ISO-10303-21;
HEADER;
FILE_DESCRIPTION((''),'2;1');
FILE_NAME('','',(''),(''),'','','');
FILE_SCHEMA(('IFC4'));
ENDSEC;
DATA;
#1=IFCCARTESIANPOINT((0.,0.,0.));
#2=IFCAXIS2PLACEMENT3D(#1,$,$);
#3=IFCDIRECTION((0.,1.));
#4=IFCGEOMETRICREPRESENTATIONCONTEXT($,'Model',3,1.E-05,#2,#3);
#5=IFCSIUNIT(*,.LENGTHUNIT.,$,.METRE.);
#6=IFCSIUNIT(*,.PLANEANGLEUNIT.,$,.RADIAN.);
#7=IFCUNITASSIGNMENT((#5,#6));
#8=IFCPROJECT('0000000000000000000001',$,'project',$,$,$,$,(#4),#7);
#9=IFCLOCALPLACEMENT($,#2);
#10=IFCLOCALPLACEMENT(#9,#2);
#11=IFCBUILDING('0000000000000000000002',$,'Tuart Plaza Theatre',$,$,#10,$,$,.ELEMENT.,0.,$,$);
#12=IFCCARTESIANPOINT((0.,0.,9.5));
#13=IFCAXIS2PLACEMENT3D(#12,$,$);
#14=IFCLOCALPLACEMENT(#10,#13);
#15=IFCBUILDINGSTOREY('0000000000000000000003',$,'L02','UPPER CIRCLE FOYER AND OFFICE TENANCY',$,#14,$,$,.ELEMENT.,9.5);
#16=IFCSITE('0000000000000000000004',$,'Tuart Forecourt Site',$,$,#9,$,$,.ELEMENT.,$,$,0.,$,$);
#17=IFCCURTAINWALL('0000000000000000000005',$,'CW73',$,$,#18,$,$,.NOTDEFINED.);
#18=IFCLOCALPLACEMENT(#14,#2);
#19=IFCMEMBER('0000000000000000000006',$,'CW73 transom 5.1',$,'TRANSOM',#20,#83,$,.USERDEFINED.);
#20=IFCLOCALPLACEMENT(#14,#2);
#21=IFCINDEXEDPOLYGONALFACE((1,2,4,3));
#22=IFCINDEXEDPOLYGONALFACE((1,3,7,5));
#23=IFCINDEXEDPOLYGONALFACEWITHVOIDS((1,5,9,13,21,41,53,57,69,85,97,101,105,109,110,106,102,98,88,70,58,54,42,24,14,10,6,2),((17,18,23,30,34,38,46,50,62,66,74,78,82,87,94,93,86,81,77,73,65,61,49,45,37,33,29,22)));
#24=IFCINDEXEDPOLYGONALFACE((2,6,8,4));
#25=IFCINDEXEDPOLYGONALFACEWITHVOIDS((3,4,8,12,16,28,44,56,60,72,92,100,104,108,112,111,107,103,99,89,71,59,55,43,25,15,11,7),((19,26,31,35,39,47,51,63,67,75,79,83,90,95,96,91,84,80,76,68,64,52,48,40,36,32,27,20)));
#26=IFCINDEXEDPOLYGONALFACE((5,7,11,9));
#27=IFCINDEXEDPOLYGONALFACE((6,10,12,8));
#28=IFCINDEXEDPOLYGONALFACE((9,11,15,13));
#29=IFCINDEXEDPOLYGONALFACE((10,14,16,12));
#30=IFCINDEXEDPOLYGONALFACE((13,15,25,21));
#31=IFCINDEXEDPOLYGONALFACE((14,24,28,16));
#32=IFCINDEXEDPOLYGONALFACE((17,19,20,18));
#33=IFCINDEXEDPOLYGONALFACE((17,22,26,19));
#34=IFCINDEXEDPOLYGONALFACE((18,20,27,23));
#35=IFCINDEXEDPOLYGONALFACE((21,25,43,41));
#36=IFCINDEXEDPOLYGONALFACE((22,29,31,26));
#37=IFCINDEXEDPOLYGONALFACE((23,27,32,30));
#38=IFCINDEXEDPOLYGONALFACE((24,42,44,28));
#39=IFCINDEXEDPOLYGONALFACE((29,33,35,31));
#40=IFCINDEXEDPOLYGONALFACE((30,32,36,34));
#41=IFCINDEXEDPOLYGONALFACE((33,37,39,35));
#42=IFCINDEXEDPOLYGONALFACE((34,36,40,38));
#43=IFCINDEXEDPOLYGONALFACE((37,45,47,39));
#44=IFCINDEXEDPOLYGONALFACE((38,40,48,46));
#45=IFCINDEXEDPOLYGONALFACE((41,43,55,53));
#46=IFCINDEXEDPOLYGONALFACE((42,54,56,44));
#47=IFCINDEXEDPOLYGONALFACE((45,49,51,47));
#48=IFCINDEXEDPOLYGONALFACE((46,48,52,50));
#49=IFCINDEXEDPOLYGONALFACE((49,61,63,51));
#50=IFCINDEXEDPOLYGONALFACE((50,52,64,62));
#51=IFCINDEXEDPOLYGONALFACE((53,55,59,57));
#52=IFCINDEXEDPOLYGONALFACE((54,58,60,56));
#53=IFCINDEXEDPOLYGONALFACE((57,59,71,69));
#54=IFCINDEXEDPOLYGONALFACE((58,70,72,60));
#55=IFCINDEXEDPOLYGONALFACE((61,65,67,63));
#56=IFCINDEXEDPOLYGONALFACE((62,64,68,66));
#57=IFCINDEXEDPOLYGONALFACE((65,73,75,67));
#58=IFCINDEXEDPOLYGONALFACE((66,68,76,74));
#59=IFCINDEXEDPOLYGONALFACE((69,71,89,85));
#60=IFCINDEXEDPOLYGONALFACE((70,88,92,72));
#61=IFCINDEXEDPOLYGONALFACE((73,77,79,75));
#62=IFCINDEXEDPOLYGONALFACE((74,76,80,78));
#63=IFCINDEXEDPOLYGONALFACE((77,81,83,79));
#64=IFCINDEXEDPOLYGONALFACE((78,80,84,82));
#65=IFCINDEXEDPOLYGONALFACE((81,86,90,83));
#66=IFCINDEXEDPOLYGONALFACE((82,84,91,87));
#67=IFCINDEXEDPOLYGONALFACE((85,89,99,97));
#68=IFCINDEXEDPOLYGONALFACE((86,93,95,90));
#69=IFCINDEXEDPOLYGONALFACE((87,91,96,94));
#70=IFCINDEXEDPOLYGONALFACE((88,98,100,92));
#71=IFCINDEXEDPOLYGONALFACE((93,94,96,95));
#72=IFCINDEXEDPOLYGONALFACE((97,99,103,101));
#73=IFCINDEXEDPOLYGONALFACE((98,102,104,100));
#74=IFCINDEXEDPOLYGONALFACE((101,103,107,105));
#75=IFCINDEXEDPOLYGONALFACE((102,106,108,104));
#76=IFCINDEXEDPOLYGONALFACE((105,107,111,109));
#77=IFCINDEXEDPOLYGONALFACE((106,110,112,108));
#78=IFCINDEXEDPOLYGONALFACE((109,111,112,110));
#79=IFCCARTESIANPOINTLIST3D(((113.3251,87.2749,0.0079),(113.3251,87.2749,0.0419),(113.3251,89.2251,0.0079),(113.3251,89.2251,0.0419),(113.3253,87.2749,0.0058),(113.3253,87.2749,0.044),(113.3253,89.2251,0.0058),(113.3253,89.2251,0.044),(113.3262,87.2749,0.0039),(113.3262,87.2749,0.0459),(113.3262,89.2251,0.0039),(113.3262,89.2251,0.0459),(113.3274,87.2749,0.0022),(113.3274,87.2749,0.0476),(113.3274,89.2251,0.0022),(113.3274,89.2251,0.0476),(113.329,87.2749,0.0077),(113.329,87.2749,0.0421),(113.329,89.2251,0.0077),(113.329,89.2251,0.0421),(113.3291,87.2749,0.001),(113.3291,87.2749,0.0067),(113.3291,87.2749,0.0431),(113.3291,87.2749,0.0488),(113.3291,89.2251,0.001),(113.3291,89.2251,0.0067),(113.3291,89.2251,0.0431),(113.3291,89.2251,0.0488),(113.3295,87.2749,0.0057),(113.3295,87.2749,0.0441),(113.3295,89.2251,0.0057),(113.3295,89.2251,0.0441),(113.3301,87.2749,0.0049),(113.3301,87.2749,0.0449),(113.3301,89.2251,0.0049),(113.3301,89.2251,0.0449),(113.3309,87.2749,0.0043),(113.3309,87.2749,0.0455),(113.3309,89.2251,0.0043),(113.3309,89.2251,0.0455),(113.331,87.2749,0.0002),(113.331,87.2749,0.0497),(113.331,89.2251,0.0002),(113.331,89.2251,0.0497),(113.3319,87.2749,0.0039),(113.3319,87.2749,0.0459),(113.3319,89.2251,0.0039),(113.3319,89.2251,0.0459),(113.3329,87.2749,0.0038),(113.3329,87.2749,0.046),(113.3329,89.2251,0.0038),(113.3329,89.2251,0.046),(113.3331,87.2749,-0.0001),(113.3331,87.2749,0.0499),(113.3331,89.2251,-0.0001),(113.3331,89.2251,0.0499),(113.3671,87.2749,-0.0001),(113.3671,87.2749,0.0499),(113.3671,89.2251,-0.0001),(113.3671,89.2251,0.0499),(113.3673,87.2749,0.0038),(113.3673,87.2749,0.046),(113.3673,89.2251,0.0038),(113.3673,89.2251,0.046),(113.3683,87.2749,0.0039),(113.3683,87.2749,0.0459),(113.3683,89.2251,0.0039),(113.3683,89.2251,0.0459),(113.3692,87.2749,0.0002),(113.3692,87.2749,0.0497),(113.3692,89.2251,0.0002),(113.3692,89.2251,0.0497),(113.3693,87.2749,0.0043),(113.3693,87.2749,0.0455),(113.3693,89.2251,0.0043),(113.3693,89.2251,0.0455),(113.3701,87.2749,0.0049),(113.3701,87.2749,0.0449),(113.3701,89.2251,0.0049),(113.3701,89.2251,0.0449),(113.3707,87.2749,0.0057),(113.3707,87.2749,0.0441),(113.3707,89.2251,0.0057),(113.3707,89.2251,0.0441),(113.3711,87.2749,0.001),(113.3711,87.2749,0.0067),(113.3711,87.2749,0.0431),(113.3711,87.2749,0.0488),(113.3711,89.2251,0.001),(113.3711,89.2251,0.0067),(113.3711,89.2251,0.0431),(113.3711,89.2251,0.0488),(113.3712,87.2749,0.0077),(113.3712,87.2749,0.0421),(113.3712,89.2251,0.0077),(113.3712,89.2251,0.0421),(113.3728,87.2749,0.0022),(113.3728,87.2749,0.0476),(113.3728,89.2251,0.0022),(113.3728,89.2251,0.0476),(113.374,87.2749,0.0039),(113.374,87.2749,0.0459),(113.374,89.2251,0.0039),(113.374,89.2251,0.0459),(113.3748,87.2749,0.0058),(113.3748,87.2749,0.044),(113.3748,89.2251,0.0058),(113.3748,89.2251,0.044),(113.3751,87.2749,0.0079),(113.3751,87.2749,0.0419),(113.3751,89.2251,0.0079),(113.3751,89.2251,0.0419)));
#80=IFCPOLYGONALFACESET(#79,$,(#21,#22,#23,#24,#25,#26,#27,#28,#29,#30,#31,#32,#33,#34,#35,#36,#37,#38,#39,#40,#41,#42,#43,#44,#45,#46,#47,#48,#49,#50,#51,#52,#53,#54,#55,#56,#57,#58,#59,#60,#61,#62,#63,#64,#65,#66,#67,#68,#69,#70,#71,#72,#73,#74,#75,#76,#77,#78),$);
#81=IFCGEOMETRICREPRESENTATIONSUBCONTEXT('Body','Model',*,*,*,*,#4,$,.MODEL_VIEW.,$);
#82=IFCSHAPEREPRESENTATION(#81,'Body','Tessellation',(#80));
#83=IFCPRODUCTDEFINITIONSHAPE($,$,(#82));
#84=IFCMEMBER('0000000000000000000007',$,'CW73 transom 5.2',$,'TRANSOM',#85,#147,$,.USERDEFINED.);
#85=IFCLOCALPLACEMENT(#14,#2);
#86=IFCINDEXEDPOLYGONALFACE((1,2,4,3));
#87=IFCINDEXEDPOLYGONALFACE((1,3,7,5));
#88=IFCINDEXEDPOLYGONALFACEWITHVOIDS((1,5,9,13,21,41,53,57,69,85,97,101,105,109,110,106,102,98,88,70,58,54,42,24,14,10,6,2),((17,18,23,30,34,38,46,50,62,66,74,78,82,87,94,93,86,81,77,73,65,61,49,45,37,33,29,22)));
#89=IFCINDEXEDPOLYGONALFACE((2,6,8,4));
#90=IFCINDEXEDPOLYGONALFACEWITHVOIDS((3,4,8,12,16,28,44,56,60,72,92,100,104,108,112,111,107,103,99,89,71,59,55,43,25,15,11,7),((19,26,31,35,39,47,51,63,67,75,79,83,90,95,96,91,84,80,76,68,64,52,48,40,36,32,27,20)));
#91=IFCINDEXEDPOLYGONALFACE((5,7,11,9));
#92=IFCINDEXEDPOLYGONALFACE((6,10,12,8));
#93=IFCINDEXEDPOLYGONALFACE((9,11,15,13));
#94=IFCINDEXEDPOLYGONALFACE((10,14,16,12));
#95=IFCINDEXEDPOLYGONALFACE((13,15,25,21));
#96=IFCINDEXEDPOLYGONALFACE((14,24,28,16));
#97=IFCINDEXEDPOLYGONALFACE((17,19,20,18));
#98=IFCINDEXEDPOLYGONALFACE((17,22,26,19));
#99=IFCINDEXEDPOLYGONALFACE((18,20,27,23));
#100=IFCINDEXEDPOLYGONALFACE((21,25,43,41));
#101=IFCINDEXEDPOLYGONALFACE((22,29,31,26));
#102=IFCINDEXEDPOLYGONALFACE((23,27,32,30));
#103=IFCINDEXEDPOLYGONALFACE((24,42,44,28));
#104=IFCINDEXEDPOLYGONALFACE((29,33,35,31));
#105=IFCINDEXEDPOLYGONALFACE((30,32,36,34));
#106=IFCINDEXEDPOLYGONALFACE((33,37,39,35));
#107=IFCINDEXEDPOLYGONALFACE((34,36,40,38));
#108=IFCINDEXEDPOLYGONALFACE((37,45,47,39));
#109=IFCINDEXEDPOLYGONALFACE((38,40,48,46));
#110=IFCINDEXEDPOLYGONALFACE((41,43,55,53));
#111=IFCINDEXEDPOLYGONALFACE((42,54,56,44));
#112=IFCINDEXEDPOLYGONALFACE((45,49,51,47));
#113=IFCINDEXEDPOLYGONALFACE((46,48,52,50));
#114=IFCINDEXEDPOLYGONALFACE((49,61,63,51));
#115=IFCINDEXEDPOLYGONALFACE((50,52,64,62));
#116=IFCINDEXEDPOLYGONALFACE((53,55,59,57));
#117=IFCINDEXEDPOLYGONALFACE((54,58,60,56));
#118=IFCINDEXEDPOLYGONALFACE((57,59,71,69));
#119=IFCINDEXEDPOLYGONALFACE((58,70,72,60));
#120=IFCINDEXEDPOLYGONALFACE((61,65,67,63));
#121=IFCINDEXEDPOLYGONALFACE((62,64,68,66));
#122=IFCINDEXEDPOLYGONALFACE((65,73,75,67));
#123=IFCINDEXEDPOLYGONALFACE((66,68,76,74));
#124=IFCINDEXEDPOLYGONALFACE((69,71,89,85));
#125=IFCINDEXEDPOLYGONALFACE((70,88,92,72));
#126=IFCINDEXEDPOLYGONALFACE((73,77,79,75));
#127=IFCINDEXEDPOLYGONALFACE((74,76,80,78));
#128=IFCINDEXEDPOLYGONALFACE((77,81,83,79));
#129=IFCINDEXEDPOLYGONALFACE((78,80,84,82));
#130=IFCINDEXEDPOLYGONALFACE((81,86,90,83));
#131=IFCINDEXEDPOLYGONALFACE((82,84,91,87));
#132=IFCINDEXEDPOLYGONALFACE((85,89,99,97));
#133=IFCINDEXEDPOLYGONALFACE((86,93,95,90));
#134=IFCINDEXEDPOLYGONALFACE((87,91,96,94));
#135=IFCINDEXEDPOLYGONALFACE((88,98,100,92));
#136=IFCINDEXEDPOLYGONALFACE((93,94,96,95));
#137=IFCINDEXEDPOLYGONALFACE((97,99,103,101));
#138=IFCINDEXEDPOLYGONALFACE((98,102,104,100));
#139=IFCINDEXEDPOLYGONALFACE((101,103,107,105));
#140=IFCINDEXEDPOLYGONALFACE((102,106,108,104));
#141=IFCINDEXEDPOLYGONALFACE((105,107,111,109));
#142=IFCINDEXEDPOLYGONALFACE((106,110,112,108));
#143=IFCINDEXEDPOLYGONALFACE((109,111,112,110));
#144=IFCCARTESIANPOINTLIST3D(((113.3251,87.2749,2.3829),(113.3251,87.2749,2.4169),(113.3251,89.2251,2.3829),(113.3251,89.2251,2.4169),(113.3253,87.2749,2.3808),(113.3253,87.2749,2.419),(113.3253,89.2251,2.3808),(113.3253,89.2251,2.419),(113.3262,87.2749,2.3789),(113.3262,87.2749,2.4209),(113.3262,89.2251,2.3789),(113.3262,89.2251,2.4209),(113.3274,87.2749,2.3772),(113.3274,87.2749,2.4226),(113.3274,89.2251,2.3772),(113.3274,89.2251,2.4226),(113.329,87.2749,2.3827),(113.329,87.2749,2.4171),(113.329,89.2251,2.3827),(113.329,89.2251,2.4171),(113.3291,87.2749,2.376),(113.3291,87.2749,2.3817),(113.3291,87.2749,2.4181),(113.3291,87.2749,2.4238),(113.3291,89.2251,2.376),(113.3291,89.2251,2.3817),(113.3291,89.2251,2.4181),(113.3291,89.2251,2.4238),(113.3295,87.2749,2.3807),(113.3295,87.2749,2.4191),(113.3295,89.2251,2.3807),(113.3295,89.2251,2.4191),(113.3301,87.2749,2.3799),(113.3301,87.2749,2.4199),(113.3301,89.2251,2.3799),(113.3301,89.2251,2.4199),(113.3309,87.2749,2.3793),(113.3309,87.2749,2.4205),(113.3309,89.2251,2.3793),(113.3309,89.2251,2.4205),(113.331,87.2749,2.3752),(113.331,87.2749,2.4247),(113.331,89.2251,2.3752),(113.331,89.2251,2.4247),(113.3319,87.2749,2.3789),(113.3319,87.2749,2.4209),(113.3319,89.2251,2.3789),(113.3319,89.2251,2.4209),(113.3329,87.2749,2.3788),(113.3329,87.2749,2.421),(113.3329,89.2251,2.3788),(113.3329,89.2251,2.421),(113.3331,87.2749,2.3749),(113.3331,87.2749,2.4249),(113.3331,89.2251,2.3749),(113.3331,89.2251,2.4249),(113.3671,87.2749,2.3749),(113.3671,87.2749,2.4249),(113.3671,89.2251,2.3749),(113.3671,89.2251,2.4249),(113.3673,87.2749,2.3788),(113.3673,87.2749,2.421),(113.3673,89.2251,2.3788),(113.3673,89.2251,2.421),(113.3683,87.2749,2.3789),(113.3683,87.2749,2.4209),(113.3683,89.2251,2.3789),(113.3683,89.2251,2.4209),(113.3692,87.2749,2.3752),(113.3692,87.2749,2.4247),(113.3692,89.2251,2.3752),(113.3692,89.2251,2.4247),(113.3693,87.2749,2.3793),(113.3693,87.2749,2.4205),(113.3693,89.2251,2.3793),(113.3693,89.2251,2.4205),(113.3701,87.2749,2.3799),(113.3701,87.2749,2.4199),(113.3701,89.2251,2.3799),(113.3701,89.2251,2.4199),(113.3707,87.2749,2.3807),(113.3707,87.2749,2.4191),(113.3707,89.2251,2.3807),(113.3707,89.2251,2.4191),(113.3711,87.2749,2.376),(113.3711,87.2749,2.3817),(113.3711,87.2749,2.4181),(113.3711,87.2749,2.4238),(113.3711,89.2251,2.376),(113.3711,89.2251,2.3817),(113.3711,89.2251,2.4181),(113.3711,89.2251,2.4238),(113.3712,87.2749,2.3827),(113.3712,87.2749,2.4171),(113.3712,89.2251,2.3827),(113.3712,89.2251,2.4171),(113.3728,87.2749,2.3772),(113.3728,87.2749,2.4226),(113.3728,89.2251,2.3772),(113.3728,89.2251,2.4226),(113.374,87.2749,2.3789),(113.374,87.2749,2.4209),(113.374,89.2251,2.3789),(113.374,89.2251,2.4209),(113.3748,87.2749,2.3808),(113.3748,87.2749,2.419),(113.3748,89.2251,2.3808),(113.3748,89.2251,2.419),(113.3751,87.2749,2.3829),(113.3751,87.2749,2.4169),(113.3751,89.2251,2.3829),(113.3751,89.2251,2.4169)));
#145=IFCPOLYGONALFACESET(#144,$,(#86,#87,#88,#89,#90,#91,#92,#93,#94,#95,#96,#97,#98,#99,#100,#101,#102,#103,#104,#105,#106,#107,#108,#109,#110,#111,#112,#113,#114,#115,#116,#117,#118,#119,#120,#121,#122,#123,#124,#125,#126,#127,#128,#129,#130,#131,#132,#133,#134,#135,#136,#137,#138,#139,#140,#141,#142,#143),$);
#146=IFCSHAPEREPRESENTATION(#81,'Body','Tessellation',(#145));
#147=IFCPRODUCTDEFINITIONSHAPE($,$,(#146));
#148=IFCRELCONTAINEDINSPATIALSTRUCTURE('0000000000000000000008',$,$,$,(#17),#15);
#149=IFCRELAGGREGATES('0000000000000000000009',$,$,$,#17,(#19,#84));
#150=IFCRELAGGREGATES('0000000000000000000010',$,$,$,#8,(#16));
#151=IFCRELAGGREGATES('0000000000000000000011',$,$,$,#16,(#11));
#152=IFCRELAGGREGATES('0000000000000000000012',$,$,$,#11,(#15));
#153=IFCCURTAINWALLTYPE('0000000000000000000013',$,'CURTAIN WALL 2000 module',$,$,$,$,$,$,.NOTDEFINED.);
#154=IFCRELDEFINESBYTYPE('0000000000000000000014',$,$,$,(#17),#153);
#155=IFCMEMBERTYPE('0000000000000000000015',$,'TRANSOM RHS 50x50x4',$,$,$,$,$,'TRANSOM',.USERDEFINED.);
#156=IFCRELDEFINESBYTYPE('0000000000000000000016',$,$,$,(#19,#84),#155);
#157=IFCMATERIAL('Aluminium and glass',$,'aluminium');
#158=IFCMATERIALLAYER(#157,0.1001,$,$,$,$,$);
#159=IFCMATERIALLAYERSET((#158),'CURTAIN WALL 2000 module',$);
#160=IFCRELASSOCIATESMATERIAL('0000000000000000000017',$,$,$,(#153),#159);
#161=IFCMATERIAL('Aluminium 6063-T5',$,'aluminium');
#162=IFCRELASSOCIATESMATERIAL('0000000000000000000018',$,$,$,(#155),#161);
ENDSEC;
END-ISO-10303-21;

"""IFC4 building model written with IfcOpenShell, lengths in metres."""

from ifc_helpers import new_model, si_unit, direction, frame, origin, origin_2d, place, context, subcontext, project, spatial, hollow_rectangle, extrude, material, layer, layer_set, material_profile, profile_set, type_object, element, aggregate, save


model = new_model("IFC4")

# Units and contexts
model_context = context("Model", 3, precision=1e-05, world=origin(), true_north=direction((0.0, 1.0)))
body_context = subcontext(model_context, "Body", "Model", "MODEL_VIEW")
ifc_project = project(units=[si_unit("LENGTHUNIT", "METRE"), si_unit("PLANEANGLEUNIT", "RADIAN")], contexts=[model_context])

# Site, building, storey
site_placement = place(None, origin())
site = spatial("IfcSite", under=ifc_project, at=site_placement, Name="Tuart Forecourt Site", CompositionType="ELEMENT", RefElevation=0.0)
building_placement = place(site_placement, origin())
building = spatial("IfcBuilding", under=site, at=building_placement, Name="Tuart Plaza Theatre", CompositionType="ELEMENT", ElevationOfRefHeight=0.0)
storey_placement = place(building_placement, frame((0.0, 0.0, 9.5)))
storey = spatial("IfcBuildingStorey", under=building, at=storey_placement, Name="L02", Description="UPPER CIRCLE FOYER AND OFFICE TENANCY", CompositionType="ELEMENT", Elevation=9.5)

# Curtain wall, members
ifc_material_1 = material(Name="Aluminium and glass", Category="aluminium")
ifc_layer_1 = layer(ifc_material_1, 0.1001)
ifc_layer_set_1 = layer_set([ifc_layer_1], Name="CURTAIN WALL 2000 module")
curtain_wall_type = type_object("IfcCurtainWallType", Name="CURTAIN WALL 2000 module", PredefinedType="NOTDEFINED", material=ifc_layer_set_1)
curtain_wall_placement = place(storey_placement, origin())
curtain_wall = element("IfcCurtainWall", 1, at=curtain_wall_placement, inside=storey, type_object=curtain_wall_type, Name="CW73", PredefinedType="NOTDEFINED")
ifc_material_2 = material(Name="Aluminium 6063-T5", Category="aluminium")
ifc_material_profile_1 = material_profile(ifc_material_2, hollow_rectangle(XDim=0.05, YDim=0.05, WallThickness=0.0039, InnerFilletRadius=0.0039, OuterFilletRadius=0.0081, at=origin_2d()), Name="RHS 50x50x4")
ifc_profile_set_1 = profile_set([ifc_material_profile_1], Name="Aluminium 6063-T5")
member_type_1 = type_object("IfcMemberType", Name="TRANSOM RHS 50x50x4", ElementType="TRANSOM", PredefinedType="USERDEFINED", material=ifc_profile_set_1)
member_1_placement = place(storey_placement, frame((113.3501, 89.2251, 0.0249), z_axis=(0.0, -1.0, 0.0), x_axis=(1.0, 0.0, 0.0)))
member_1 = element("IfcMember", 2, at=member_1_placement, type_object=member_type_1, Name="CW73 transom 5.1", ObjectType="TRANSOM", PredefinedType="USERDEFINED", context=body_context, shape_type="SweptSolid", body=[
    extrude(hollow_rectangle(XDim=0.05, YDim=0.05, WallThickness=0.0039, InnerFilletRadius=0.0039, OuterFilletRadius=0.0081, at=origin_2d()), origin(), (0.0, 0.0, 1.0), 1.9502),
])
member_2_placement = place(storey_placement, frame((113.3501, 89.2251, 2.3999), z_axis=(0.0, -1.0, 0.0), x_axis=(1.0, 0.0, 0.0)))
member_2 = element("IfcMember", 3, at=member_2_placement, type_object=member_type_1, Name="CW73 transom 5.2", ObjectType="TRANSOM", PredefinedType="USERDEFINED", context=body_context, shape_type="SweptSolid", body=[
    extrude(hollow_rectangle(XDim=0.05, YDim=0.05, WallThickness=0.0039, InnerFilletRadius=0.0039, OuterFilletRadius=0.0081, at=origin_2d()), origin(), (0.0, 0.0, 1.0), 1.9502),
])
aggregate(curtain_wall, [member_1, member_2])

save(model, "model.ifc")
